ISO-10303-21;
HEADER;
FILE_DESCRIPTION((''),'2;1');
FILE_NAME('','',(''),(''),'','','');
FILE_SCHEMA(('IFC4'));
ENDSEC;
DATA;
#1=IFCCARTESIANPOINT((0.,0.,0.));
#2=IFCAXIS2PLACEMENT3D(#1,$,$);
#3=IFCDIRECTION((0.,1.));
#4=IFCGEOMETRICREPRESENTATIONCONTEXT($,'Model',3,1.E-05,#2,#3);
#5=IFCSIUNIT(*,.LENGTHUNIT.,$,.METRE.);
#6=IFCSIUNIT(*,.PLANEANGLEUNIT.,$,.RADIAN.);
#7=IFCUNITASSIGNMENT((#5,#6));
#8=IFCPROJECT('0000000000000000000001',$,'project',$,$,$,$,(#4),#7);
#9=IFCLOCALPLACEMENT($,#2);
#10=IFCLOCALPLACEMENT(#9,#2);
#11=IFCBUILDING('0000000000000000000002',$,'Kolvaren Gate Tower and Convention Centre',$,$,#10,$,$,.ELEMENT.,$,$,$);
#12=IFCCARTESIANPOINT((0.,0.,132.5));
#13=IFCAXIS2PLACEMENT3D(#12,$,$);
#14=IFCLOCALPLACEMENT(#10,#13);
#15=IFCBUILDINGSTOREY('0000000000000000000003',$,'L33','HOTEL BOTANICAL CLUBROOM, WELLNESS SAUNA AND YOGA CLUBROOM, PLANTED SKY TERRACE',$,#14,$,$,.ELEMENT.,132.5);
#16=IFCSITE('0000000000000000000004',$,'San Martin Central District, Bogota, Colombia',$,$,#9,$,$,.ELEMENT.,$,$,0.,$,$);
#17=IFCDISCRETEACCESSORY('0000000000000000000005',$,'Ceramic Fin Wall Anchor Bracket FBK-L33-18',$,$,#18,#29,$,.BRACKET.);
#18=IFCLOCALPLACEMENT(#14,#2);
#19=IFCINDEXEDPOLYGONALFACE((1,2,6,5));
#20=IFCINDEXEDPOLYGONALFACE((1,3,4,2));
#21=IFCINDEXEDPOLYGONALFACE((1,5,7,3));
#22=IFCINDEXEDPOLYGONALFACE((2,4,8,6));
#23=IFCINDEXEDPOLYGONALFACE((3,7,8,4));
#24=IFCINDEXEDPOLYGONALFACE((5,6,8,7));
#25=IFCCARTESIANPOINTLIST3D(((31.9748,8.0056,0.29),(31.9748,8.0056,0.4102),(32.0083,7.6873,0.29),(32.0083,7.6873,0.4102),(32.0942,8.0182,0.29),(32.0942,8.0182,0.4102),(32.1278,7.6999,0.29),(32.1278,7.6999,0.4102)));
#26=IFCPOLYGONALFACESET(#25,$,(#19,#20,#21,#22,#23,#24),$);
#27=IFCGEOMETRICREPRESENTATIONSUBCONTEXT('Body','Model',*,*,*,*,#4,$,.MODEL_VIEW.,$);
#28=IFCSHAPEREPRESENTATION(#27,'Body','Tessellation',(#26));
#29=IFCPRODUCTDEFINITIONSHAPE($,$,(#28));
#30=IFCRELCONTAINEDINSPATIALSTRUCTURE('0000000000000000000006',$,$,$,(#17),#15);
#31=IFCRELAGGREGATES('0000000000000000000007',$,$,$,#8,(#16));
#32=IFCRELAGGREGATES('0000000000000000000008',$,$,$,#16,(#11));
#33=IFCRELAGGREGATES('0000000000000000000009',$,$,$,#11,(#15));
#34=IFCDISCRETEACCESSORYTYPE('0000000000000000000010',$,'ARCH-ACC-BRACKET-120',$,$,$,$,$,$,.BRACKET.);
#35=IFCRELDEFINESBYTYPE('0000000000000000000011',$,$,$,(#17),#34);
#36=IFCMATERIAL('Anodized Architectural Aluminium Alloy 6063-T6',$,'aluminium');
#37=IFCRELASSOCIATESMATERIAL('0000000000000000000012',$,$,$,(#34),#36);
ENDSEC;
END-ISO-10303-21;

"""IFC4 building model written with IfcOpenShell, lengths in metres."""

from ifc_helpers import new_model, si_unit, direction, frame, origin, origin_2d, place, context, subcontext, project, spatial, rectangle, extrude, material, type_object, element, save


model = new_model("IFC4")

# Units and contexts
model_context = context("Model", 3, precision=1e-05, world=origin(), true_north=direction((0.0, 1.0)))
body_context = subcontext(model_context, "Body", "Model", "MODEL_VIEW")
ifc_project = project(units=[si_unit("LENGTHUNIT", "METRE"), si_unit("PLANEANGLEUNIT", "RADIAN")], contexts=[model_context])

# Site, building, storey
site_placement = place(None, origin())
site = spatial("IfcSite", under=ifc_project, at=site_placement, Name="San Martin Central District, Bogota, Colombia", CompositionType="ELEMENT", RefElevation=0.0)
building_placement = place(site_placement, origin())
building = spatial("IfcBuilding", under=site, at=building_placement, Name="Kolvaren Gate Tower and Convention Centre", CompositionType="ELEMENT")
storey_placement = place(building_placement, frame((0.0, 0.0, 132.5)))
storey = spatial("IfcBuildingStorey", under=building, at=storey_placement, Name="L33", Description="HOTEL BOTANICAL CLUBROOM, WELLNESS SAUNA AND YOGA CLUBROOM, PLANTED SKY TERRACE", CompositionType="ELEMENT", Elevation=132.5)

# Shared definitions
ifc_material_1 = material(Name="Anodized Architectural Aluminium Alloy 6063-T6", Category="aluminium")

# Discrete accessory
discrete_accessory_type = type_object("IfcDiscreteAccessoryType", Name="ARCH-ACC-BRACKET-120", PredefinedType="BRACKET", material=ifc_material_1)
discrete_accessory_placement = place(storey_placement, frame((32.0513, 7.8528, 0.29), z_axis=(0.0, 0.0, 1.0), x_axis=(0.9945, 0.104737, 0.0)))
element("IfcDiscreteAccessory", 1, at=discrete_accessory_placement, inside=storey, type_object=discrete_accessory_type, Name="Ceramic Fin Wall Anchor Bracket FBK-L33-18", PredefinedType="BRACKET", context=body_context, shape_type="SweptSolid", body=[
    extrude(rectangle(XDim=0.1201, YDim=0.3201, at=origin_2d()), origin(), (0.0, 0.0, 1.0), 0.1201),
])

save(model, "model.ifc")
